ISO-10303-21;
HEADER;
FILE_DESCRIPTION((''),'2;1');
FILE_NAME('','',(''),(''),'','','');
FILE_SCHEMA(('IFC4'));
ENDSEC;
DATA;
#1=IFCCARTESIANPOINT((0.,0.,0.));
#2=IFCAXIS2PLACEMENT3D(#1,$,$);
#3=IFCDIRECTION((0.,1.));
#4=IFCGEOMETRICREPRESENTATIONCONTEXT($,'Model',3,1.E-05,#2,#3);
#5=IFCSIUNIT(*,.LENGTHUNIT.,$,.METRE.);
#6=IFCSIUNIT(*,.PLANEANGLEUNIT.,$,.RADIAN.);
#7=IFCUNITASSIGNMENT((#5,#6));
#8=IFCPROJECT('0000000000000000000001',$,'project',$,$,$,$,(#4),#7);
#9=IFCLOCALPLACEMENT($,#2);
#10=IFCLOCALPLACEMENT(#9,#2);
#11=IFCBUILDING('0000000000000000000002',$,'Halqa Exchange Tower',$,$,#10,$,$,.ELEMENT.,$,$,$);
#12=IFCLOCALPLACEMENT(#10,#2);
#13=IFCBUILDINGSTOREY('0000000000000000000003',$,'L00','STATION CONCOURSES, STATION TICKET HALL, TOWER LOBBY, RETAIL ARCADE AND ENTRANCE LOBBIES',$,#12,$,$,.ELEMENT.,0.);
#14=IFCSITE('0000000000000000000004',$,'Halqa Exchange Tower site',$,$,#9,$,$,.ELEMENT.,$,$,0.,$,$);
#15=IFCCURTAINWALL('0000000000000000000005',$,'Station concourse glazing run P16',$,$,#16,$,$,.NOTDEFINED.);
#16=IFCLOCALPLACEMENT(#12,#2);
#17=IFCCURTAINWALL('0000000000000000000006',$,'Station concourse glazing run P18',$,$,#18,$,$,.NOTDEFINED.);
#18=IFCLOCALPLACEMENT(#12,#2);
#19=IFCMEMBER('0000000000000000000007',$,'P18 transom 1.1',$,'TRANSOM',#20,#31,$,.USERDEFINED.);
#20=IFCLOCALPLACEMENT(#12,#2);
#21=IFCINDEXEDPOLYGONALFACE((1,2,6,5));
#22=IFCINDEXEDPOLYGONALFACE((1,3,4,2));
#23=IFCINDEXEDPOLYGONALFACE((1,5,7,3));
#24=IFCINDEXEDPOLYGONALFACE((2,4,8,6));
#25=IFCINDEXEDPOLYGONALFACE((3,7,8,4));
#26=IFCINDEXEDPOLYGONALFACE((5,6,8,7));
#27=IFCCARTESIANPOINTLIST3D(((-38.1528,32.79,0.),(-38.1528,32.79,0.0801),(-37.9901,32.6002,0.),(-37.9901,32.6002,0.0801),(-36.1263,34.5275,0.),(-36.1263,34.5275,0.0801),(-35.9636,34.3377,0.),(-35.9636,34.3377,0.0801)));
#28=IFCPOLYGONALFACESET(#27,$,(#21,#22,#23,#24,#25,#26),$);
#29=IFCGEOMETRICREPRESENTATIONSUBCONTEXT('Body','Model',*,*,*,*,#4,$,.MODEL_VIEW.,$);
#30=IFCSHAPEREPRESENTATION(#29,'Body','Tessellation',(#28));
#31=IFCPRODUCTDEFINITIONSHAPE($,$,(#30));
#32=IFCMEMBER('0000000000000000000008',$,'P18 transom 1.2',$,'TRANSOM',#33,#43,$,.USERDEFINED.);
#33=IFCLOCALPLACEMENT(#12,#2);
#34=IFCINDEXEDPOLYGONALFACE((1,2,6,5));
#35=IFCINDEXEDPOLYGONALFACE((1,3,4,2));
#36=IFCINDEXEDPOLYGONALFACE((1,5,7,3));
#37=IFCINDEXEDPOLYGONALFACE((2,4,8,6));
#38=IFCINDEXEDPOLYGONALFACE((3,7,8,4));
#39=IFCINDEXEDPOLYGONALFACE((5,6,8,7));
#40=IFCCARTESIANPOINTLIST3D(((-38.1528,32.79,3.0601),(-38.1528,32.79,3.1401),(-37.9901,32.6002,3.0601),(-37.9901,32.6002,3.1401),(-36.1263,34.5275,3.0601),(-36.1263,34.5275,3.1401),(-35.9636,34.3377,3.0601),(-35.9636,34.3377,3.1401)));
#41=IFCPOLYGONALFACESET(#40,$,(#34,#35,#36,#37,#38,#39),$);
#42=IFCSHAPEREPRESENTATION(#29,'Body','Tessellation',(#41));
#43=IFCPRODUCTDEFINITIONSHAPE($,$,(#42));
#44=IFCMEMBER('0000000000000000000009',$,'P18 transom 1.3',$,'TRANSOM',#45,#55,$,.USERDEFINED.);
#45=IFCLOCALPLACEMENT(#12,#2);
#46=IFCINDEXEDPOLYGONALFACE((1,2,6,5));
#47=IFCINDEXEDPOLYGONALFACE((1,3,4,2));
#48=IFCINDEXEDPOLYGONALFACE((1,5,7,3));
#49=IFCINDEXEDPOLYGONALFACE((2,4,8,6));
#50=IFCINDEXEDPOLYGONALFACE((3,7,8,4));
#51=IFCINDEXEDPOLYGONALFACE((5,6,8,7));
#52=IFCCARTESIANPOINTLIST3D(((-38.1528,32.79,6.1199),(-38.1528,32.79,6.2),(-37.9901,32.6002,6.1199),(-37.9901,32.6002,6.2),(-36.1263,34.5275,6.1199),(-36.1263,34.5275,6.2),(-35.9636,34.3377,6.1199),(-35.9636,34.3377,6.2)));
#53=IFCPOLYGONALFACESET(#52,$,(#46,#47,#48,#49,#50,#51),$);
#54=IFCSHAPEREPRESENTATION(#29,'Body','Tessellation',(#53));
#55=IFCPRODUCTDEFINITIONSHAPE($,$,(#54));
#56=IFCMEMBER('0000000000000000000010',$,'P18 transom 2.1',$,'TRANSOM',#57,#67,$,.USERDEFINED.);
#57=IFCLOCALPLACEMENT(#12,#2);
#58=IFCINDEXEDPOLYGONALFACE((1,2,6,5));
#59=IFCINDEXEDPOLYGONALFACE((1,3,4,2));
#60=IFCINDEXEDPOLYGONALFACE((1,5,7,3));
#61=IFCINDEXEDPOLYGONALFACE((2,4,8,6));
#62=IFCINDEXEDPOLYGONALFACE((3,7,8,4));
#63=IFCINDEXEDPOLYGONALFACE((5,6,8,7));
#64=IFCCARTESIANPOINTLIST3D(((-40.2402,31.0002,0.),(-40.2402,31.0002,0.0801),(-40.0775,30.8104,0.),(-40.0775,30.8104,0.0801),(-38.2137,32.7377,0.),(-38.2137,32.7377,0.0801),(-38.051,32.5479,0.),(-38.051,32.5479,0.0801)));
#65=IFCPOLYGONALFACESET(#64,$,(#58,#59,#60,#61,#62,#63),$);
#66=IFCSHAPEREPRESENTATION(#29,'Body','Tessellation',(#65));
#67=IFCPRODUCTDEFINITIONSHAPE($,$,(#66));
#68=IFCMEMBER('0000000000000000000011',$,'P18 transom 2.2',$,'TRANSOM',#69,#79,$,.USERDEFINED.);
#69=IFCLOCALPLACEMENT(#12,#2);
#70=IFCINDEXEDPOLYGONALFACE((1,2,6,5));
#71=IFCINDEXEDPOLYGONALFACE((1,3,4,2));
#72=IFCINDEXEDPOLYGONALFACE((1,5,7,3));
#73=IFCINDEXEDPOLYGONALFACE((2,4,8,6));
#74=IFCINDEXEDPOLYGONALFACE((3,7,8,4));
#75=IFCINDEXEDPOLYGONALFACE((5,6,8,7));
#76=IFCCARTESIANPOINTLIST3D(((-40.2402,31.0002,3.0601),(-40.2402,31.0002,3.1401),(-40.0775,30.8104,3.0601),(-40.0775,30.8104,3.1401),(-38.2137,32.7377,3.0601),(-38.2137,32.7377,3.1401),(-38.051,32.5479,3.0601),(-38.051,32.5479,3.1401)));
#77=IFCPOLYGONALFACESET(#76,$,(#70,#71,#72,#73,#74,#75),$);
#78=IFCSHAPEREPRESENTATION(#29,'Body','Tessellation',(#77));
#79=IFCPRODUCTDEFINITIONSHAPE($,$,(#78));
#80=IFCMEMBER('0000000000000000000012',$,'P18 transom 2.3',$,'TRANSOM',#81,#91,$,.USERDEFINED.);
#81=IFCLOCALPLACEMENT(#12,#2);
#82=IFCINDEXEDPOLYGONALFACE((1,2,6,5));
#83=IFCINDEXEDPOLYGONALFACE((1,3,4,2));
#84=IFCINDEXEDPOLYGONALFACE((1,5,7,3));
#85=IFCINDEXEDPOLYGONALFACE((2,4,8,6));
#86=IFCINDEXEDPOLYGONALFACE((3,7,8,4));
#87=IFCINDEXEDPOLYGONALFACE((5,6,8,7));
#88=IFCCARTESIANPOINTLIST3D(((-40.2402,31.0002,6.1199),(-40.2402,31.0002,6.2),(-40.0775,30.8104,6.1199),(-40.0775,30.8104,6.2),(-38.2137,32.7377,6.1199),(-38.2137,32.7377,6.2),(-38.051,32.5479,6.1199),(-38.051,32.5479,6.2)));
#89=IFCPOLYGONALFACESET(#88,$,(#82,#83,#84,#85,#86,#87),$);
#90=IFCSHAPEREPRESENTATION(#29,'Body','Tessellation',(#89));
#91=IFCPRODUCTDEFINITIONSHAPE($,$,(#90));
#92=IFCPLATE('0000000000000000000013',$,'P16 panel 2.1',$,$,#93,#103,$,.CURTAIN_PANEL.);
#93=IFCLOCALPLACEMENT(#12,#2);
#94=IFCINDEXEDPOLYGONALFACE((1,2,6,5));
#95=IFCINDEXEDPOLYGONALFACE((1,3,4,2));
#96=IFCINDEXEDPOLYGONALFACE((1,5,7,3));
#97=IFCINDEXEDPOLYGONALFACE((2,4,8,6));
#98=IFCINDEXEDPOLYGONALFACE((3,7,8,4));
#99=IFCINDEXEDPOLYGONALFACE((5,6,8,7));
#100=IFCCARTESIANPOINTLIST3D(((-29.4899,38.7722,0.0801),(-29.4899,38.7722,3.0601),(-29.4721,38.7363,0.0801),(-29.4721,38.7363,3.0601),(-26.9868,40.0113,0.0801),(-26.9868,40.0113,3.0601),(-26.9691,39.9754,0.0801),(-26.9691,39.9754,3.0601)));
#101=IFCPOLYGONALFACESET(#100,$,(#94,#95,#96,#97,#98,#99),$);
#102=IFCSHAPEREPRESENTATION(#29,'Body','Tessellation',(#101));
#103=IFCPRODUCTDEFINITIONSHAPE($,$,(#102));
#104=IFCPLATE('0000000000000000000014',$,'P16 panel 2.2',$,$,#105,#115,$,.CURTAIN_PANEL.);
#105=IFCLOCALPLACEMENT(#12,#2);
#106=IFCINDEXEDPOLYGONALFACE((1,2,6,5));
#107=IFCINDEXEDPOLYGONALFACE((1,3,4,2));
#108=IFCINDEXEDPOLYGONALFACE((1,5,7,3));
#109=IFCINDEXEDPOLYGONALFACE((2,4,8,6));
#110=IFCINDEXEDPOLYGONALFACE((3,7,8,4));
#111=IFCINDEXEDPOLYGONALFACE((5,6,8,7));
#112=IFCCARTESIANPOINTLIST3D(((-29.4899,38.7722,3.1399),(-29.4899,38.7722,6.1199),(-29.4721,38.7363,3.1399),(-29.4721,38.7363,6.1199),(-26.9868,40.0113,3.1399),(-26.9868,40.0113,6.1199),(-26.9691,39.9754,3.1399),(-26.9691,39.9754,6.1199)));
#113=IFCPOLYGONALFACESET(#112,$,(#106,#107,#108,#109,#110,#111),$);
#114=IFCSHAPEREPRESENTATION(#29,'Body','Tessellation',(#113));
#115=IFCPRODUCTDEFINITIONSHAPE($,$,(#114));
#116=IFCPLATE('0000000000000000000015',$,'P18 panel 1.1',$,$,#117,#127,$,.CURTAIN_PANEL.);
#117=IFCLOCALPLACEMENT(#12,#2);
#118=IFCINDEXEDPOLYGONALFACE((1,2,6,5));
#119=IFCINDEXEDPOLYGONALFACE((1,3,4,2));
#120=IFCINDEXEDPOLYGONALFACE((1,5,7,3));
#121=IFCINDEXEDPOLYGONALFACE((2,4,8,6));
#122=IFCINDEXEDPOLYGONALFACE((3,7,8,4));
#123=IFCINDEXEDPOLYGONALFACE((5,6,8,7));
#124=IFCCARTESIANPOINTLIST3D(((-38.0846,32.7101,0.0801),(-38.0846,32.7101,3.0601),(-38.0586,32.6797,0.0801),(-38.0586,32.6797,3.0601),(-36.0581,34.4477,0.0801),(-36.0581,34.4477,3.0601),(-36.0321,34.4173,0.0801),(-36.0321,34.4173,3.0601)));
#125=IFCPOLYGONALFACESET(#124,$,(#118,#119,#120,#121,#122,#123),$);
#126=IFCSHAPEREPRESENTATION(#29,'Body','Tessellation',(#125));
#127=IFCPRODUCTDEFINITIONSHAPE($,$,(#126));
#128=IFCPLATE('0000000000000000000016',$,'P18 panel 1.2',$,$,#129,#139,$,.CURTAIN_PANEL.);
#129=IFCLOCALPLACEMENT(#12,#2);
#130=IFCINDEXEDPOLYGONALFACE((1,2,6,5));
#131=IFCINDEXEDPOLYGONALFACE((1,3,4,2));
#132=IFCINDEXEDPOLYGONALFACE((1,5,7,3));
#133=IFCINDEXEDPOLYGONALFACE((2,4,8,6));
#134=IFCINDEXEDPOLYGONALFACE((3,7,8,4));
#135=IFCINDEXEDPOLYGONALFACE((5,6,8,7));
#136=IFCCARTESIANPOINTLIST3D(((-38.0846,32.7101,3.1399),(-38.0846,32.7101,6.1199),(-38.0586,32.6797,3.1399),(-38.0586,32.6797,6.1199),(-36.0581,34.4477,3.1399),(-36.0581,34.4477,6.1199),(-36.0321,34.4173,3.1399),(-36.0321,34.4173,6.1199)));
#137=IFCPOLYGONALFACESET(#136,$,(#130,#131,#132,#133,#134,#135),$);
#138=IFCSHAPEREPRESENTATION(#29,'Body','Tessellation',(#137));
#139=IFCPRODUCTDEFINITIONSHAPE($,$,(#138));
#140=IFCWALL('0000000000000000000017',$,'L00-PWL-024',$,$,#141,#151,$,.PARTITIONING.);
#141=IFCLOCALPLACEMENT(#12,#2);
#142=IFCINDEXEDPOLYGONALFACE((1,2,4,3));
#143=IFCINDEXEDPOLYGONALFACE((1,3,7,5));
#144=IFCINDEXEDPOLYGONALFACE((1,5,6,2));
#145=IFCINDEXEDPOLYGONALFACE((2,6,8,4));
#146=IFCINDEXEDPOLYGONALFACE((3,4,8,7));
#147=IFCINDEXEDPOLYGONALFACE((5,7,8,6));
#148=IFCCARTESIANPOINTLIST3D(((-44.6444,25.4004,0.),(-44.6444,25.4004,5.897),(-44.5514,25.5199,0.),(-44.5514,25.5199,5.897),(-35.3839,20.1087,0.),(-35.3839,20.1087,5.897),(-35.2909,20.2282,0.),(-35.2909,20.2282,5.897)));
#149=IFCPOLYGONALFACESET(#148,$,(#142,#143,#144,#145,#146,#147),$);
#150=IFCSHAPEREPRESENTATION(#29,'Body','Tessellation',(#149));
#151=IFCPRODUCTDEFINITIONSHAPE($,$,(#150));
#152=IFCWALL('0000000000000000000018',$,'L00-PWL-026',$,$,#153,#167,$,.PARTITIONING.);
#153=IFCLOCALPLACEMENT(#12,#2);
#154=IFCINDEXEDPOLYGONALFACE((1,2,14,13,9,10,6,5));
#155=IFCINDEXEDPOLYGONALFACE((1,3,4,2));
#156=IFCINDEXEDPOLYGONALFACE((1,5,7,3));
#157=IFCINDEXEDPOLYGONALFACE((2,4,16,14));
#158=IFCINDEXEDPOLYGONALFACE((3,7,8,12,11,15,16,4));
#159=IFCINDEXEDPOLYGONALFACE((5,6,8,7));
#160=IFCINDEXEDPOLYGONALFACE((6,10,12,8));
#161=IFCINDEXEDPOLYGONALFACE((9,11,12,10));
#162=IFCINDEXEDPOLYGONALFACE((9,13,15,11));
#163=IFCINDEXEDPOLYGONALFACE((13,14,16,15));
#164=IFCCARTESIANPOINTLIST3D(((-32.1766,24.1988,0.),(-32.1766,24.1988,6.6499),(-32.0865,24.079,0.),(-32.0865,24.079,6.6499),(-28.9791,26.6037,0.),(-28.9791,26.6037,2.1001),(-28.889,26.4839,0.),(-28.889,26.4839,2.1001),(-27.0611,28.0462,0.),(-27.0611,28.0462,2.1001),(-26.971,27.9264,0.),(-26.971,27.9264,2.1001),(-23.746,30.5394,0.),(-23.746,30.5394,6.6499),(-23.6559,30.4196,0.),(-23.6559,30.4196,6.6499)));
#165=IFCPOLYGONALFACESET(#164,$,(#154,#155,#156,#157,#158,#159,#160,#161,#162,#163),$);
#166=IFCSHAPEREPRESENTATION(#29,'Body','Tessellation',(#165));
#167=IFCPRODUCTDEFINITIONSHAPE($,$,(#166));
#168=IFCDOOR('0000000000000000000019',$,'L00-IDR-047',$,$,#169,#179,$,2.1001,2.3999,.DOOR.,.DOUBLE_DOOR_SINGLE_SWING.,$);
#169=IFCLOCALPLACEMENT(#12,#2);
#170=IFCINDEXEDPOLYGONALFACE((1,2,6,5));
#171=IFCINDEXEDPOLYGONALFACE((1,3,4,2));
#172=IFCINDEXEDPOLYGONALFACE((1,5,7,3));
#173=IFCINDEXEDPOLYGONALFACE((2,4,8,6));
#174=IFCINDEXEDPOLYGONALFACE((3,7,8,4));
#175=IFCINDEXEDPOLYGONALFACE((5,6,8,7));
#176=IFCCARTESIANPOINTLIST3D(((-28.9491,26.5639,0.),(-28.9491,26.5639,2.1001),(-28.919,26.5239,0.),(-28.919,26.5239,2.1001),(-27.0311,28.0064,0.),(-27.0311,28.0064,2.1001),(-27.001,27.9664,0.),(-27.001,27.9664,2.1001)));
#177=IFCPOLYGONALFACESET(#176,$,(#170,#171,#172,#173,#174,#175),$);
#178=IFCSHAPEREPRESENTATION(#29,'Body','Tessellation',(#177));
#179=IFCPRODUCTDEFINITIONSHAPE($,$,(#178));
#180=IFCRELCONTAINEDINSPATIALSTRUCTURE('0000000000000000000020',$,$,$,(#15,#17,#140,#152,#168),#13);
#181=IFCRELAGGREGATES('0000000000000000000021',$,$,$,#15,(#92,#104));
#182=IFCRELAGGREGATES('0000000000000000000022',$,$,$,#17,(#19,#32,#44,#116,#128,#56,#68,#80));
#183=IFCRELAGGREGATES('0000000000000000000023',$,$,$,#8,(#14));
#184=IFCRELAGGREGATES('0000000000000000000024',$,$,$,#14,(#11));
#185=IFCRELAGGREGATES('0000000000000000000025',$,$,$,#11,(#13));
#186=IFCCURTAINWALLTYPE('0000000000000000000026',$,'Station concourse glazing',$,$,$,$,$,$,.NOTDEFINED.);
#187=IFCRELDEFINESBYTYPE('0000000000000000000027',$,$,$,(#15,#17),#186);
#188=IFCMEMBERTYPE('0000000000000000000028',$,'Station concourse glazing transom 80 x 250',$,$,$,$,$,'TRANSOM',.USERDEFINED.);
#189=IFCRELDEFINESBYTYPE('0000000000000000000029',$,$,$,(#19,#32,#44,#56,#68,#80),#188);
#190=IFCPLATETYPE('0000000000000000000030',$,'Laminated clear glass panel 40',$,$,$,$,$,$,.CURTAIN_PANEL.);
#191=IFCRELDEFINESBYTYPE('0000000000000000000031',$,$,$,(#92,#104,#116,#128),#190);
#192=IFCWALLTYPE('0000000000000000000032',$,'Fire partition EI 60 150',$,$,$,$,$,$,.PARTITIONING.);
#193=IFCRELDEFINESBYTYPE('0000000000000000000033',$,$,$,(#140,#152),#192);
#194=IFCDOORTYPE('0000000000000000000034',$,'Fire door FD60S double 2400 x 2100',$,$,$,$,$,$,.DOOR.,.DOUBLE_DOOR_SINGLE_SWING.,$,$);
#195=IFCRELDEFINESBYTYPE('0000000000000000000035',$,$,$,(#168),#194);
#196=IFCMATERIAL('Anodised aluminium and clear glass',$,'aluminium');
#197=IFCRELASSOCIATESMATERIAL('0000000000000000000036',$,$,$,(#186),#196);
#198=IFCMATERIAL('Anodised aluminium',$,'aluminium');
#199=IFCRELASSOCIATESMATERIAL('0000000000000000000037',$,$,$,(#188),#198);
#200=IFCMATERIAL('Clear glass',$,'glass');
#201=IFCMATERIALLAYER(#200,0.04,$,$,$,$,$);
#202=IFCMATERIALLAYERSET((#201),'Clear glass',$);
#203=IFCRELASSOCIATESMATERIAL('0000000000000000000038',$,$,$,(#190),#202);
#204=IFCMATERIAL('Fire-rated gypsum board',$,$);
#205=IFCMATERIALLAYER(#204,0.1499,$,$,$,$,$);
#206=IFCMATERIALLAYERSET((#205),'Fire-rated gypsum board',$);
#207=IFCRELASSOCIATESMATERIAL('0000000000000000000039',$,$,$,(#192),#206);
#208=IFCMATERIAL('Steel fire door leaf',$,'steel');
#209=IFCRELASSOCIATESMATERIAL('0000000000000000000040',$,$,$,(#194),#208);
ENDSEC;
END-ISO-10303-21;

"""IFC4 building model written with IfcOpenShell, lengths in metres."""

from ifc_helpers import new_model, si_unit, direction, frame, frame_2d, origin, origin_2d, place, context, subcontext, project, spatial, polyline, rectangle, outline, extrude, material, layer, layer_set, material_profile, profile_set, type_object, element, fill, aggregate, save


model = new_model("IFC4")

# Units and contexts
model_context = context("Model", 3, precision=1e-05, world=origin(), true_north=direction((0.0, 1.0)))
body_context = subcontext(model_context, "Body", "Model", "MODEL_VIEW")
ifc_project = project(units=[si_unit("LENGTHUNIT", "METRE"), si_unit("PLANEANGLEUNIT", "RADIAN")], contexts=[model_context])

# Site, building, storey
site_placement = place(None, origin())
site = spatial("IfcSite", under=ifc_project, at=site_placement, Name="Halqa Exchange Tower site", CompositionType="ELEMENT", RefElevation=0.0)
building_placement = place(site_placement, origin())
building = spatial("IfcBuilding", under=site, at=building_placement, Name="Halqa Exchange Tower", CompositionType="ELEMENT")
storey_placement = place(building_placement, origin())
storey = spatial("IfcBuildingStorey", under=building, at=storey_placement, Name="L00", Description="STATION CONCOURSES, STATION TICKET HALL, TOWER LOBBY, RETAIL ARCADE AND ENTRANCE LOBBIES", CompositionType="ELEMENT", Elevation=0.0)

# Curtain wall
ifc_material_1 = material(Name="Anodised aluminium and clear glass", Category="aluminium")
curtain_wall_type = type_object("IfcCurtainWallType", Name="Station concourse glazing", PredefinedType="NOTDEFINED", material=ifc_material_1)
curtain_wall_1_placement = place(storey_placement, origin())
curtain_wall_1 = element("IfcCurtainWall", 1, at=curtain_wall_1_placement, inside=storey, type_object=curtain_wall_type, Name="Station concourse glazing run P16", PredefinedType="NOTDEFINED")
ifc_material_2 = material(Name="Anodised aluminium", Category="aluminium")

# Curtain wall, members
curtain_wall_2_placement = place(storey_placement, origin())
curtain_wall_2 = element("IfcCurtainWall", 2, at=curtain_wall_2_placement, inside=storey, type_object=curtain_wall_type, Name="Station concourse glazing run P18", PredefinedType="NOTDEFINED")
ifc_material_profile_1 = material_profile(ifc_material_2, rectangle(XDim=0.25, YDim=0.0801, at=origin_2d()), Name="AL 80x250")
ifc_profile_set_1 = profile_set([ifc_material_profile_1], Name="Anodised aluminium")
member_type_1 = type_object("IfcMemberType", Name="Station concourse glazing transom 80 x 250", ElementType="TRANSOM", PredefinedType="USERDEFINED", material=ifc_profile_set_1)
member_1_placement = place(storey_placement, frame((-36.0449, 34.4326, 0.04), z_axis=(-0.759173, -0.650889, 0.0), x_axis=(0.650889, -0.759173, 0.0)))
member_1 = element("IfcMember", 3, at=member_1_placement, type_object=member_type_1, Name="P18 transom 1.1", ObjectType="TRANSOM", PredefinedType="USERDEFINED", context=body_context, shape_type="SweptSolid", body=[
    extrude(rectangle(XDim=0.25, YDim=0.0801, at=origin_2d()), origin(), (0.0, 0.0, 1.0), 2.6694),
])
member_2_placement = place(storey_placement, frame((-36.0449, 34.4326, 3.1001), z_axis=(-0.759173, -0.650889, 0.0), x_axis=(0.650889, -0.759173, 0.0)))
member_2 = element("IfcMember", 4, at=member_2_placement, type_object=member_type_1, Name="P18 transom 1.2", ObjectType="TRANSOM", PredefinedType="USERDEFINED", context=body_context, shape_type="SweptSolid", body=[
    extrude(rectangle(XDim=0.25, YDim=0.0801, at=origin_2d()), origin(), (0.0, 0.0, 1.0), 2.6694),
])
member_3_placement = place(storey_placement, frame((-36.0449, 34.4326, 6.1599), z_axis=(-0.759173, -0.650889, 0.0), x_axis=(0.650889, -0.759173, 0.0)))
member_3 = element("IfcMember", 5, at=member_3_placement, type_object=member_type_1, Name="P18 transom 1.3", ObjectType="TRANSOM", PredefinedType="USERDEFINED", context=body_context, shape_type="SweptSolid", body=[
    extrude(rectangle(XDim=0.25, YDim=0.0801, at=origin_2d()), origin(), (0.0, 0.0, 1.0), 2.6694),
])
member_4_placement = place(storey_placement, frame((-38.1323, 32.6428, 0.04), z_axis=(-0.759173, -0.650889, 0.0), x_axis=(0.650889, -0.759173, 0.0)))
member_4 = element("IfcMember", 6, at=member_4_placement, type_object=member_type_1, Name="P18 transom 2.1", ObjectType="TRANSOM", PredefinedType="USERDEFINED", context=body_context, shape_type="SweptSolid", body=[
    extrude(rectangle(XDim=0.25, YDim=0.0801, at=origin_2d()), origin(), (0.0, 0.0, 1.0), 2.6694),
])
member_5_placement = place(storey_placement, frame((-38.1323, 32.6428, 3.1001), z_axis=(-0.759173, -0.650889, 0.0), x_axis=(0.650889, -0.759173, 0.0)))
member_5 = element("IfcMember", 7, at=member_5_placement, type_object=member_type_1, Name="P18 transom 2.2", ObjectType="TRANSOM", PredefinedType="USERDEFINED", context=body_context, shape_type="SweptSolid", body=[
    extrude(rectangle(XDim=0.25, YDim=0.0801, at=origin_2d()), origin(), (0.0, 0.0, 1.0), 2.6694),
])
member_6_placement = place(storey_placement, frame((-38.1323, 32.6428, 6.1599), z_axis=(-0.759173, -0.650889, 0.0), x_axis=(0.650889, -0.759173, 0.0)))
member_6 = element("IfcMember", 8, at=member_6_placement, type_object=member_type_1, Name="P18 transom 2.3", ObjectType="TRANSOM", PredefinedType="USERDEFINED", context=body_context, shape_type="SweptSolid", body=[
    extrude(rectangle(XDim=0.25, YDim=0.0801, at=origin_2d()), origin(), (0.0, 0.0, 1.0), 2.6694),
])

# Plates
ifc_material_3 = material(Name="Clear glass", Category="glass")
ifc_layer_1 = layer(ifc_material_3, 0.04)
ifc_layer_set_1 = layer_set([ifc_layer_1], Name="Clear glass")
plate_type = type_object("IfcPlateType", Name="Laminated clear glass panel 40", PredefinedType="CURTAIN_PANEL", material=ifc_layer_set_1)
plate_1_placement = place(storey_placement, frame((-28.2295, 39.3738, 0.0801), z_axis=(0.0, 0.0, 1.0), x_axis=(-0.896198, -0.443653, 0.0)))
plate_1 = element("IfcPlate", 9, at=plate_1_placement, type_object=plate_type, Name="P16 panel 2.1", PredefinedType="CURTAIN_PANEL", context=body_context, shape_type="SweptSolid", body=[
    extrude(rectangle(XDim=2.793, YDim=0.04, at=origin_2d()), origin(), (0.0, 0.0, 1.0), 2.98),
])
plate_2_placement = place(storey_placement, frame((-28.2295, 39.3738, 3.1399), z_axis=(0.0, 0.0, 1.0), x_axis=(-0.896198, -0.443653, 0.0)))
plate_2 = element("IfcPlate", 10, at=plate_2_placement, type_object=plate_type, Name="P16 panel 2.2", PredefinedType="CURTAIN_PANEL", context=body_context, shape_type="SweptSolid", body=[
    extrude(rectangle(XDim=2.793, YDim=0.04, at=origin_2d()), origin(), (0.0, 0.0, 1.0), 2.98),
])
aggregate(curtain_wall_1, [plate_1, plate_2])
plate_3_placement = place(storey_placement, frame((-37.0583, 33.5637, 0.0801), z_axis=(0.0, 0.0, 1.0), x_axis=(-0.759154, -0.650911, 0.0)))
plate_3 = element("IfcPlate", 11, at=plate_3_placement, type_object=plate_type, Name="P18 panel 1.1", PredefinedType="CURTAIN_PANEL", context=body_context, shape_type="SweptSolid", body=[
    extrude(rectangle(XDim=2.6694, YDim=0.04, at=origin_2d()), origin(), (0.0, 0.0, 1.0), 2.98),
])
plate_4_placement = place(storey_placement, frame((-37.0583, 33.5637, 3.1399), z_axis=(0.0, 0.0, 1.0), x_axis=(-0.759154, -0.650911, 0.0)))
plate_4 = element("IfcPlate", 12, at=plate_4_placement, type_object=plate_type, Name="P18 panel 1.2", PredefinedType="CURTAIN_PANEL", context=body_context, shape_type="SweptSolid", body=[
    extrude(rectangle(XDim=2.6694, YDim=0.04, at=origin_2d()), origin(), (0.0, 0.0, 1.0), 2.98),
])
aggregate(curtain_wall_2, [member_1, member_2, member_3, plate_3, plate_4, member_4, member_5, member_6])

# Wall
ifc_material_4 = material(Name="Fire-rated gypsum board")
ifc_layer_2 = layer(ifc_material_4, 0.1499)
ifc_layer_set_2 = layer_set([ifc_layer_2], Name="Fire-rated gypsum board")
wall_type_1 = type_object("IfcWallType", Name="Fire partition EI 60 150", PredefinedType="PARTITIONING", material=ifc_layer_set_2)
wall_1_placement = place(storey_placement, frame((-35.3374, 20.1685, 0.0), z_axis=(0.0, 0.0, 1.0), x_axis=(-0.868242, 0.496141, 0.0)))
element("IfcWall", 13, at=wall_1_placement, inside=storey, type_object=wall_type_1, Name="L00-PWL-024", PredefinedType="PARTITIONING", context=body_context, shape_type="SweptSolid", body=[
    extrude(outline(polyline([(-0.0107, -0.075), (10.655, -0.075), (10.6765, 0.075), (0.0107, 0.075), (-0.0107, -0.075)])), origin(), (0.0, 0.0, 1.0), 5.897),
])

# Wall, opening, door
wall_2_placement = place(storey_placement, frame((-32.1316, 24.1389, 0.0), z_axis=(0.0, 0.0, 1.0), x_axis=(0.799199, 0.601066, 0.0)))
wall_2 = element("IfcWall", 14, at=wall_2_placement, inside=storey, type_object=wall_type_1, Name="L00-PWL-026", PredefinedType="PARTITIONING", context=body_context, shape_type="SweptSolid", body=[
    extrude(rectangle(XDim=10.5488, YDim=0.1499, at=frame_2d((5.2744, 0.0))), origin(), (0.0, 0.0, 1.0), 6.6499),
])
opening_1_placement = place(wall_2_placement, frame((4.001, 0.0, 0.0)))
opening_1 = element("IfcOpeningElement", 15, at=opening_1_placement, cuts=wall_2, PredefinedType="OPENING", context=body_context, shape_type="SweptSolid", body=[
    extrude(rectangle(XDim=2.3999, YDim=2.1001, at=frame_2d((1.2, 1.05))), frame((0.0, 0.0869, 0.0), z_axis=(0.0, -1.0, 0.0), x_axis=(1.0, 0.0, 0.0)), (0.0, 0.0, 1.0), 0.1738),
])
ifc_material_5 = material(Name="Steel fire door leaf", Category="steel")
door_type_1 = type_object("IfcDoorType", Name="Fire door FD60S double 2400 x 2100", OperationType="DOUBLE_DOOR_SINGLE_SWING", PredefinedType="DOOR", material=ifc_material_5)
door_1_placement = place(opening_1_placement, frame((2.3999, 0.0, 0.0), z_axis=(0.0, 0.0, 1.0), x_axis=(-1.0, 0.0, 0.0)))
door_1 = element("IfcDoor", 16, at=door_1_placement, inside=storey, type_object=door_type_1, Name="L00-IDR-047", OperationType="DOUBLE_DOOR_SINGLE_SWING", OverallHeight=2.1001, OverallWidth=2.3999, PredefinedType="DOOR", context=body_context, shape_type="SweptSolid", body=[
    extrude(rectangle(XDim=2.3999, YDim=2.1001, at=frame_2d((1.2, 1.05))), frame((0.0, 0.0249, 0.0), z_axis=(0.0, -1.0, 0.0), x_axis=(1.0, 0.0, 0.0)), (0.0, 0.0, 1.0), 0.05),
])
fill(opening_1, door_1)

save(model, "model.ifc")
